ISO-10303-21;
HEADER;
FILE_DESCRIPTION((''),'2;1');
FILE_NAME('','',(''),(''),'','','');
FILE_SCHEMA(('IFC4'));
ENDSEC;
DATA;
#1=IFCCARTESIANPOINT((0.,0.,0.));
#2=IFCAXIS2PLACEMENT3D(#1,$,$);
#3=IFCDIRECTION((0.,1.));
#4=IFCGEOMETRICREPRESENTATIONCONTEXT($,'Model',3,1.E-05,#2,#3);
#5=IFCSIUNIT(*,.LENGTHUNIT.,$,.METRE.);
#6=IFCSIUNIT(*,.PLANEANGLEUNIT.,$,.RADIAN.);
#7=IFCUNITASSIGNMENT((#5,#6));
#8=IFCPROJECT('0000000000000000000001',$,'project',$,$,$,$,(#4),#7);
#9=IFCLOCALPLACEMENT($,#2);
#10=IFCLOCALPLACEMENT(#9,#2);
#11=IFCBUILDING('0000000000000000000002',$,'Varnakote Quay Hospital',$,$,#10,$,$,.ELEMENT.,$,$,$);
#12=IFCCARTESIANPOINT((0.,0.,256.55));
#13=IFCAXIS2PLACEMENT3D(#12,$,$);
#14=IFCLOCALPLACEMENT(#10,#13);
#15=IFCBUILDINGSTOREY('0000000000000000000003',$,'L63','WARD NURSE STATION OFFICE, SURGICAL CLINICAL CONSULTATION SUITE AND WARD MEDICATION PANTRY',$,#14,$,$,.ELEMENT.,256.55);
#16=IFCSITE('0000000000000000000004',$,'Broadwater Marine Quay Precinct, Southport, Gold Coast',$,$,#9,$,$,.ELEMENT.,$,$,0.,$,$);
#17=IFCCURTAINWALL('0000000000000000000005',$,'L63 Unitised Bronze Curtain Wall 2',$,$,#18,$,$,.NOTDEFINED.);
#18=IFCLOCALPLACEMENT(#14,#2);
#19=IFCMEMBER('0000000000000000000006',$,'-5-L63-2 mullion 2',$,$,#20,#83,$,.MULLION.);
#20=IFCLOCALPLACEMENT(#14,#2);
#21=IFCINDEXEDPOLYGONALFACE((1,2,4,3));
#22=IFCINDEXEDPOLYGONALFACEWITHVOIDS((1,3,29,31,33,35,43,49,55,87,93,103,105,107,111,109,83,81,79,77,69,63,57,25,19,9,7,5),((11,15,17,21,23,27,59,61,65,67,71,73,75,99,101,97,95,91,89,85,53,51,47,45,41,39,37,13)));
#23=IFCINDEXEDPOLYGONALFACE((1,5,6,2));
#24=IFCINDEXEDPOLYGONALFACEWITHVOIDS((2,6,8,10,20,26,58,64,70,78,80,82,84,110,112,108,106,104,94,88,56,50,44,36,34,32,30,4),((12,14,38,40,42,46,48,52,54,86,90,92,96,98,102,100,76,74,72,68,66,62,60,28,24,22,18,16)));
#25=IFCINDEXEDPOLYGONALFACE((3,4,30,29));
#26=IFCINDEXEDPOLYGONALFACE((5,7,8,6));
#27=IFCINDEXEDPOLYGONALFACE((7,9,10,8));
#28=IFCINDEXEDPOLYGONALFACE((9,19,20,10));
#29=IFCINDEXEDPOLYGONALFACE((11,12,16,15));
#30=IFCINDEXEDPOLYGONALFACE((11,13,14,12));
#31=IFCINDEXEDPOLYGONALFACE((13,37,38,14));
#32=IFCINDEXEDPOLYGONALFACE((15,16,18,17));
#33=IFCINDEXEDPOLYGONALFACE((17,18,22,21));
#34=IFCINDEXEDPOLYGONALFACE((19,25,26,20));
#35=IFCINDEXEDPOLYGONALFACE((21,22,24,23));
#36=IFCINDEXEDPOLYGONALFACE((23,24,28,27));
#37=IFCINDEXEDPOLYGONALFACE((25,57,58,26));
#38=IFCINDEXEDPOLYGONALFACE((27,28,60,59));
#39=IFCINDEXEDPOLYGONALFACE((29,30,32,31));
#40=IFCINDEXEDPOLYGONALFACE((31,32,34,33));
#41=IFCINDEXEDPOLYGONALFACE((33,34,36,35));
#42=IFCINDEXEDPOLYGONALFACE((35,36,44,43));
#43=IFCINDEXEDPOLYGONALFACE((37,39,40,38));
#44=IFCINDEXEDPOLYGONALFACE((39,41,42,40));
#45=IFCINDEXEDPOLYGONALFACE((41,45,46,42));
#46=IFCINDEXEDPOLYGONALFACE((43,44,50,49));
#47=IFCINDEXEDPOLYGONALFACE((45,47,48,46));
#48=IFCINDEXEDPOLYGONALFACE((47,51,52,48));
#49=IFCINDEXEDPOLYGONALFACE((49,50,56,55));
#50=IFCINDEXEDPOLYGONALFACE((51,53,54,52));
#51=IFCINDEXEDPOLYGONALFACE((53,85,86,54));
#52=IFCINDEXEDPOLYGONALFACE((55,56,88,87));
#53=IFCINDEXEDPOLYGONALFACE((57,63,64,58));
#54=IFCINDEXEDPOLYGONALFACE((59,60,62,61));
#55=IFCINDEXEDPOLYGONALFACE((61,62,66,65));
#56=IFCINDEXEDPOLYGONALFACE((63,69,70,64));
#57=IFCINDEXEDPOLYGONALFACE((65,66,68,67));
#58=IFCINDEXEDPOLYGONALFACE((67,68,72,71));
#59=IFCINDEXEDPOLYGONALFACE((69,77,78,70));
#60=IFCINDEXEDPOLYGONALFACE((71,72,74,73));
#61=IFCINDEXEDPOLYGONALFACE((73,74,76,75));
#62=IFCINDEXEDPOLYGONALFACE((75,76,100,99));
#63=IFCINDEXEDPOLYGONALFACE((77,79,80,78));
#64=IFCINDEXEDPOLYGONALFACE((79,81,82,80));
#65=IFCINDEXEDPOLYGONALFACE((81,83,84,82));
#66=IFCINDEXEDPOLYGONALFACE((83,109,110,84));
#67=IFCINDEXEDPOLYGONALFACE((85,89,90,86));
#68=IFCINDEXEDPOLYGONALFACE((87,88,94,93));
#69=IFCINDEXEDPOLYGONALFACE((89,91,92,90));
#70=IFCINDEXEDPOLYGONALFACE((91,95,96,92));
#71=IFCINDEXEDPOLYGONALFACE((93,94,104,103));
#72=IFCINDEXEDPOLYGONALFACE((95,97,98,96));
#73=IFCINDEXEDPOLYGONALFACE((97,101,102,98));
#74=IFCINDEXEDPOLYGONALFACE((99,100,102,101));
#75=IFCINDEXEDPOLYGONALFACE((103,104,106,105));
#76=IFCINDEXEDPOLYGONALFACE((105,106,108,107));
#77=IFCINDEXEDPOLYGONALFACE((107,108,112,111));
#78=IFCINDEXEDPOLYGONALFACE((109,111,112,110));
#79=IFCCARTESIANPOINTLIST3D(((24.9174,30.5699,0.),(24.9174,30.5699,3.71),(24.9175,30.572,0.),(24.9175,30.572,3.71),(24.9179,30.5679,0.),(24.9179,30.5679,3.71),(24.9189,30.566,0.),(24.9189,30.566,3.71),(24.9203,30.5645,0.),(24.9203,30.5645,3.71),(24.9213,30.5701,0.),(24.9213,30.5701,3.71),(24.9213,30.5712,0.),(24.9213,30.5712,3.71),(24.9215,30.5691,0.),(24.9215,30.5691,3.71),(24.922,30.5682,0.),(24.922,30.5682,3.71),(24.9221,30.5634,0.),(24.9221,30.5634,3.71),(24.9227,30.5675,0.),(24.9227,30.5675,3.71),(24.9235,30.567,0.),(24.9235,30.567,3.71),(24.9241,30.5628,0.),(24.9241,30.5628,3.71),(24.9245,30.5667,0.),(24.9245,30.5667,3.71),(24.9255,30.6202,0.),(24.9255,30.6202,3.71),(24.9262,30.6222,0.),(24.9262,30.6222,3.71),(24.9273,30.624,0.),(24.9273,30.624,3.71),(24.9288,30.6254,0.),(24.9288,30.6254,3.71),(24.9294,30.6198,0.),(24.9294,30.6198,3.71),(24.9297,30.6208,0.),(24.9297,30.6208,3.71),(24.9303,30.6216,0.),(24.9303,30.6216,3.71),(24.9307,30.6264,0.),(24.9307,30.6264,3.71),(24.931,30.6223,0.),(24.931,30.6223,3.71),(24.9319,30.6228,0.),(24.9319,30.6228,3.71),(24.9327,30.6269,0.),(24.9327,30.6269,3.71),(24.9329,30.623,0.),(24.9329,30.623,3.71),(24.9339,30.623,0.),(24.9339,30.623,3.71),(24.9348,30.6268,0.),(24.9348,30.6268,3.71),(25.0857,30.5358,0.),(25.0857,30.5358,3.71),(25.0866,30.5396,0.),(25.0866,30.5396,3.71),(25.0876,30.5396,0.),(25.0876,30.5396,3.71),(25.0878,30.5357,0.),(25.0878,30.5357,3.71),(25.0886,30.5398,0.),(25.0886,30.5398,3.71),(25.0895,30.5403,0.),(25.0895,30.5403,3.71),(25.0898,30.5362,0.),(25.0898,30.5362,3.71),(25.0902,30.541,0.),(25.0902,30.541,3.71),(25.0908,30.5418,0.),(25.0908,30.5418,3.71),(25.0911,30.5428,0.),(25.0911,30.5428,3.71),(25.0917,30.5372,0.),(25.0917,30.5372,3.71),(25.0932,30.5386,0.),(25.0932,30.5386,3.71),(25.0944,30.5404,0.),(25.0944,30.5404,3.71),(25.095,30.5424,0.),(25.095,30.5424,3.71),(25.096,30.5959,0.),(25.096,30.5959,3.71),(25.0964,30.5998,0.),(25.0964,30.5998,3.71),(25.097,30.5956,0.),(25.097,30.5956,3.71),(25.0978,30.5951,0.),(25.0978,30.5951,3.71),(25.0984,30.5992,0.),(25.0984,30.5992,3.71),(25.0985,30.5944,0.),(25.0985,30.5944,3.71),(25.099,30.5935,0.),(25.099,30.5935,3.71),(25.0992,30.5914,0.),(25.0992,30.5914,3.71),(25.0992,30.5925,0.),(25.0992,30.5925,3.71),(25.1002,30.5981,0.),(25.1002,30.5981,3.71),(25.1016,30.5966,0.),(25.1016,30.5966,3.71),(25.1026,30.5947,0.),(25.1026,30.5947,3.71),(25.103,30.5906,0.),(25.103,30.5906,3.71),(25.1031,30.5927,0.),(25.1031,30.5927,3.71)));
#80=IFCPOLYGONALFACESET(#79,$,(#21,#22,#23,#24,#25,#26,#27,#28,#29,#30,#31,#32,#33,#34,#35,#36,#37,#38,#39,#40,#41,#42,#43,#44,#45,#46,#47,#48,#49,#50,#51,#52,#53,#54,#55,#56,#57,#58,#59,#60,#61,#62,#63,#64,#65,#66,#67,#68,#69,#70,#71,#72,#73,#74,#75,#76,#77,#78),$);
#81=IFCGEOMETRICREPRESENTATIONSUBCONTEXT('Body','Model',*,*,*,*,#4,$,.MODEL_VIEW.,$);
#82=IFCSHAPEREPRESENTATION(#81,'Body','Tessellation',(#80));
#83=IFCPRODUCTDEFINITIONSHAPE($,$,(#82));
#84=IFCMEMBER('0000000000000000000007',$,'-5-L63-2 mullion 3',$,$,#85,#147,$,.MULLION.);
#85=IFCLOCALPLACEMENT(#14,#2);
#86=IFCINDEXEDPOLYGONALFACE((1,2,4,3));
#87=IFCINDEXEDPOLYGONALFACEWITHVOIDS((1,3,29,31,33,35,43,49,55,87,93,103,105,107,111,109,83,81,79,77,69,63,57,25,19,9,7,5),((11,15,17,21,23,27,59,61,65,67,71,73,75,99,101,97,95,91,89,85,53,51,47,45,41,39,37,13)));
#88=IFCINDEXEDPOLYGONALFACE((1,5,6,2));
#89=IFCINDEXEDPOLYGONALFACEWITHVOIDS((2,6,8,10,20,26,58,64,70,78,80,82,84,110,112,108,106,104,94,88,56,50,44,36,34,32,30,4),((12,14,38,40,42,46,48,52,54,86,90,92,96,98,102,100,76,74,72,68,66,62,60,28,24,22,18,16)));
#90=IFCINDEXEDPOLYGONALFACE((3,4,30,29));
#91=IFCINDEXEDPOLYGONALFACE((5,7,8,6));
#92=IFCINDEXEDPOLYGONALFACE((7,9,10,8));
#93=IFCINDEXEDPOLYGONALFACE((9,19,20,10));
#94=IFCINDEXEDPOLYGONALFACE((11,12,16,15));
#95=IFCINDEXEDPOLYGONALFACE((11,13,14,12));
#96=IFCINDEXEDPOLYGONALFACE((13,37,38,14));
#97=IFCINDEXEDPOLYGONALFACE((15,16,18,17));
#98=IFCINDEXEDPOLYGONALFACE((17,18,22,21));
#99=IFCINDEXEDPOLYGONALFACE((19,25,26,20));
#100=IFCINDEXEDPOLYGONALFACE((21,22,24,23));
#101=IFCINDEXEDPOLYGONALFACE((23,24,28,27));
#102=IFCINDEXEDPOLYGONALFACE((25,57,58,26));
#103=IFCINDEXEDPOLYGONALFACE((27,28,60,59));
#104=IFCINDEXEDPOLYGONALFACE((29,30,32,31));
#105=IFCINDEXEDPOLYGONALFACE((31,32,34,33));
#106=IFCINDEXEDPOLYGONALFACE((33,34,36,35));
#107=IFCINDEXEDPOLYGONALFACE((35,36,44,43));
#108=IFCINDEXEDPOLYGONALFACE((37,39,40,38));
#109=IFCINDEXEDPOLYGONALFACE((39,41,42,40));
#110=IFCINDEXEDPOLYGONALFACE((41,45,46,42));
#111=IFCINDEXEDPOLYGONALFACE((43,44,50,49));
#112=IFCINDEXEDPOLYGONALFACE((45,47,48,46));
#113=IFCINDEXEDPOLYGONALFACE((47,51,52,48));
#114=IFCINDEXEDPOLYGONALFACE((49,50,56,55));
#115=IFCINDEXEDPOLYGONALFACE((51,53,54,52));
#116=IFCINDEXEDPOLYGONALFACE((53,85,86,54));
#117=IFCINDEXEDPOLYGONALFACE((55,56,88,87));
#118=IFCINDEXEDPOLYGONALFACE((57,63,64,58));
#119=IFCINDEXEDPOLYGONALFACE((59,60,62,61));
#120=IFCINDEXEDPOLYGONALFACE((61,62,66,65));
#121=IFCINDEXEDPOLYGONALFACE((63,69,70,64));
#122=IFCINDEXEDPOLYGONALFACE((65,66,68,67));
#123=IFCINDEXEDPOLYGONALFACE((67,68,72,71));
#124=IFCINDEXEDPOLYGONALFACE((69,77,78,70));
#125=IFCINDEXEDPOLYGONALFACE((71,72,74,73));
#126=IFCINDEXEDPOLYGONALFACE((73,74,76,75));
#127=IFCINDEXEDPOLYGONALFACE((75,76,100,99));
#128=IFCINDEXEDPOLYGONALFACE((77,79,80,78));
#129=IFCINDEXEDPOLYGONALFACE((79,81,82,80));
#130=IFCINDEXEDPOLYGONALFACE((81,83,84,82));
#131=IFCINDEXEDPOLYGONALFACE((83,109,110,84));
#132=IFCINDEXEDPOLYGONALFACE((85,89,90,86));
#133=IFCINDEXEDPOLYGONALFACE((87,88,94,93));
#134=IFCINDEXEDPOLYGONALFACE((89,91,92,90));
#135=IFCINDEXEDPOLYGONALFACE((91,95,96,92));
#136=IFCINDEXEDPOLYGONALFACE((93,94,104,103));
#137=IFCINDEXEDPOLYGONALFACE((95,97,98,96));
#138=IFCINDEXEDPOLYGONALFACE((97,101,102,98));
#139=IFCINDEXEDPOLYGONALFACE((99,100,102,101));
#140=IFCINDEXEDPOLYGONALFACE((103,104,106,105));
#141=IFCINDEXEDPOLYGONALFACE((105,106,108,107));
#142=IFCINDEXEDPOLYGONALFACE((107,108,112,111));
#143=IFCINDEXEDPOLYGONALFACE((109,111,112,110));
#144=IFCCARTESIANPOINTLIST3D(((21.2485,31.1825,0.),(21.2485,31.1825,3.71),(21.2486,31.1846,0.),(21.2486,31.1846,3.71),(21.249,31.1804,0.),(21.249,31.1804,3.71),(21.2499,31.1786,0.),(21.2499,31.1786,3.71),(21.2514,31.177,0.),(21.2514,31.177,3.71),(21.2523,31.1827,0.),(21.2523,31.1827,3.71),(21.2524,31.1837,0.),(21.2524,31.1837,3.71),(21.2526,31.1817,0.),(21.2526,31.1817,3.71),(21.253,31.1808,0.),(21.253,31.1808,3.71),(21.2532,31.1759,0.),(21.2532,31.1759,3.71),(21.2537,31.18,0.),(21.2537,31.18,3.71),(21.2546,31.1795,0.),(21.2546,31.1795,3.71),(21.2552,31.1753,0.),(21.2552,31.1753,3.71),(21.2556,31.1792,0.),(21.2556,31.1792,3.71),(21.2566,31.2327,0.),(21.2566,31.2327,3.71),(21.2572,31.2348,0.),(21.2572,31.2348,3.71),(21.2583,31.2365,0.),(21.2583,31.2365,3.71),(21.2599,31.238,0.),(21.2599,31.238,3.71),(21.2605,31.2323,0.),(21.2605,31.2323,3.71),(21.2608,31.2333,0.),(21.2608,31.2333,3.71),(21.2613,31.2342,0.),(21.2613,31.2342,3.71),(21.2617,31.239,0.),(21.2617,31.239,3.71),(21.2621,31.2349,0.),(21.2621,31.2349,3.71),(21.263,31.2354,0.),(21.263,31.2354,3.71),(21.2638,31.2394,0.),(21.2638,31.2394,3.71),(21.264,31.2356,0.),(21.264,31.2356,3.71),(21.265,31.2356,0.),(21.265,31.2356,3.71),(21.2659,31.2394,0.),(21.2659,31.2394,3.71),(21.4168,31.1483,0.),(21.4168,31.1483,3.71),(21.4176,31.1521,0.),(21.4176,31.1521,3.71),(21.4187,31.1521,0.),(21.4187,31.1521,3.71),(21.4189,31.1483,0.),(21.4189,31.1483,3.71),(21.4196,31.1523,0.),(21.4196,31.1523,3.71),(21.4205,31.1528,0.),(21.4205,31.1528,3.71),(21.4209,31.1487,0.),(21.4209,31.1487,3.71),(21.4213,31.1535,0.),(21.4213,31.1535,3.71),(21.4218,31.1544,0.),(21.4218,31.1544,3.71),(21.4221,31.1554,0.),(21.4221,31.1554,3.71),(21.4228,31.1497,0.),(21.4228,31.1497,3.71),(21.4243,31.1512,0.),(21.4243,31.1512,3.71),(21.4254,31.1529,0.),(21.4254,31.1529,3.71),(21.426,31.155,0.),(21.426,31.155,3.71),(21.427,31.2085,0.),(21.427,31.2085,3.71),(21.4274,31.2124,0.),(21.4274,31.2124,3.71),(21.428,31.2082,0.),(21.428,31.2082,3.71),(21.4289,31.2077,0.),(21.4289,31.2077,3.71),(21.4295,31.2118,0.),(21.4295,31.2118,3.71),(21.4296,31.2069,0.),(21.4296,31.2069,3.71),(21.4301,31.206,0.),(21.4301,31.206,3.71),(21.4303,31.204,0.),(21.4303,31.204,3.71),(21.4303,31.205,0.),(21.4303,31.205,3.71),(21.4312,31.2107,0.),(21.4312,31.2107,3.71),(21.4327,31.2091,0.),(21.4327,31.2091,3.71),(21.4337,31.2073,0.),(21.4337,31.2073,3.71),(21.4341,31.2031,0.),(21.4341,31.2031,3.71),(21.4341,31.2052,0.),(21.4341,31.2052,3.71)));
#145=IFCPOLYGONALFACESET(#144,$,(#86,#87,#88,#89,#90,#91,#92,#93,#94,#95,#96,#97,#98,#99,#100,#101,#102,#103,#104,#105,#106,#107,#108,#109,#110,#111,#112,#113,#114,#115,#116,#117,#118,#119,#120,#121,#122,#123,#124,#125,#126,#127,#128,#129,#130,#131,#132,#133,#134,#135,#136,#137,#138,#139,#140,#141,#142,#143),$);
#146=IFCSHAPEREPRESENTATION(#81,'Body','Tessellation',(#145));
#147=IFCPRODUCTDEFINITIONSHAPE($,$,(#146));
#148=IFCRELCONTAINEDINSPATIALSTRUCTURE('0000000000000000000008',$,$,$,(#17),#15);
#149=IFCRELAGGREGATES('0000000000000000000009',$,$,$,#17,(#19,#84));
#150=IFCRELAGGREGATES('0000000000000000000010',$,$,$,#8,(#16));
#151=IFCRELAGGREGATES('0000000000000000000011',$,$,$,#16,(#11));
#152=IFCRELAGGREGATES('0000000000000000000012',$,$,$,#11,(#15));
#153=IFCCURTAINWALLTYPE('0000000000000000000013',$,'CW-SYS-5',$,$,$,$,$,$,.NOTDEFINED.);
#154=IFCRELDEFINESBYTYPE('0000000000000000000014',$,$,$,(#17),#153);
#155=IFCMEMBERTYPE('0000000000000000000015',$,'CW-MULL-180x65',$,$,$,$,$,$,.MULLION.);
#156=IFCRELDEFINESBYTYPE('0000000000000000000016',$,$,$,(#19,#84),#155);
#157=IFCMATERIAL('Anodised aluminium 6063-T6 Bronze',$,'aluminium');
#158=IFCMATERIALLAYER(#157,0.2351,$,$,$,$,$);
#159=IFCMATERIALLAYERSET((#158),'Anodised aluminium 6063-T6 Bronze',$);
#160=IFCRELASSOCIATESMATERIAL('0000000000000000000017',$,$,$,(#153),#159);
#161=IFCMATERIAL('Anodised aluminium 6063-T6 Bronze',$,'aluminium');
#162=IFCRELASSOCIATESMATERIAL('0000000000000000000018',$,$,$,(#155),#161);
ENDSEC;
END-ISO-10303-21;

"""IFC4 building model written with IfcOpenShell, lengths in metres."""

from ifc_helpers import new_model, si_unit, direction, frame, origin, origin_2d, place, context, subcontext, project, spatial, hollow_rectangle, extrude, material, layer, layer_set, material_profile, profile_set, type_object, element, aggregate, save


model = new_model("IFC4")

# Units and contexts
model_context = context("Model", 3, precision=1e-05, world=origin(), true_north=direction((0.0, 1.0)))
body_context = subcontext(model_context, "Body", "Model", "MODEL_VIEW")
ifc_project = project(units=[si_unit("LENGTHUNIT", "METRE"), si_unit("PLANEANGLEUNIT", "RADIAN")], contexts=[model_context])

# Site, building, storey
site_placement = place(None, origin())
site = spatial("IfcSite", under=ifc_project, at=site_placement, Name="Broadwater Marine Quay Precinct, Southport, Gold Coast", CompositionType="ELEMENT", RefElevation=0.0)
building_placement = place(site_placement, origin())
building = spatial("IfcBuilding", under=site, at=building_placement, Name="Varnakote Quay Hospital", CompositionType="ELEMENT")
storey_placement = place(building_placement, frame((0.0, 0.0, 256.55)))
storey = spatial("IfcBuildingStorey", under=building, at=storey_placement, Name="L63", Description="WARD NURSE STATION OFFICE, SURGICAL CLINICAL CONSULTATION SUITE AND WARD MEDICATION PANTRY", CompositionType="ELEMENT", Elevation=256.55)

# Shared definitions
ifc_material_1 = material(Name="Anodised aluminium 6063-T6 Bronze", Category="aluminium")
ifc_layer_1 = layer(ifc_material_1, 0.2351)
ifc_layer_set_1 = layer_set([ifc_layer_1], Name="Anodised aluminium 6063-T6 Bronze")
curtain_wall_type = type_object("IfcCurtainWallType", Name="CW-SYS-5", PredefinedType="NOTDEFINED", material=ifc_layer_set_1)
ifc_material_2 = material(Name="Anodised aluminium 6063-T6 Bronze", Category="aluminium")
ifc_material_profile_1 = material_profile(ifc_material_2, hollow_rectangle(XDim=0.0649, YDim=0.1799, WallThickness=0.0039, InnerFilletRadius=0.0039, OuterFilletRadius=0.0081, at=origin_2d()), Name="CW-MULL-180x65")
ifc_profile_set_1 = profile_set([ifc_material_profile_1], Name="Anodised aluminium 6063-T6 Bronze")
member_type_1 = type_object("IfcMemberType", Name="CW-MULL-180x65", PredefinedType="MULLION", material=ifc_profile_set_1)

# Curtain wall, members
curtain_wall_1_placement = place(storey_placement, origin())
curtain_wall_1 = element("IfcCurtainWall", 1, at=curtain_wall_1_placement, inside=storey, type_object=curtain_wall_type, Name="L63 Unitised Bronze Curtain Wall 2", PredefinedType="NOTDEFINED")
member_1_placement = place(storey_placement, frame((25.0103, 30.5813, 0.0), z_axis=(0.0, 0.0, 1.0), x_axis=(-0.164694, -0.986345, 0.0)))
member_1 = element("IfcMember", 2, at=member_1_placement, type_object=member_type_1, Name="-5-L63-2 mullion 2", PredefinedType="MULLION", context=body_context, shape_type="SweptSolid", body=[
    extrude(hollow_rectangle(XDim=0.0649, YDim=0.1799, WallThickness=0.0039, InnerFilletRadius=0.0039, OuterFilletRadius=0.0081, at=origin_2d()), origin(), (0.0, 0.0, 1.0), 3.71),
])
member_2_placement = place(storey_placement, frame((21.3413, 31.1938, 0.0), z_axis=(0.0, 0.0, 1.0), x_axis=(-0.164694, -0.986345, 0.0)))
member_2 = element("IfcMember", 3, at=member_2_placement, type_object=member_type_1, Name="-5-L63-2 mullion 3", PredefinedType="MULLION", context=body_context, shape_type="SweptSolid", body=[
    extrude(hollow_rectangle(XDim=0.0649, YDim=0.1799, WallThickness=0.0039, InnerFilletRadius=0.0039, OuterFilletRadius=0.0081, at=origin_2d()), origin(), (0.0, 0.0, 1.0), 3.71),
])

aggregate(curtain_wall_1, [member_1, member_2])

save(model, "model.ifc")
